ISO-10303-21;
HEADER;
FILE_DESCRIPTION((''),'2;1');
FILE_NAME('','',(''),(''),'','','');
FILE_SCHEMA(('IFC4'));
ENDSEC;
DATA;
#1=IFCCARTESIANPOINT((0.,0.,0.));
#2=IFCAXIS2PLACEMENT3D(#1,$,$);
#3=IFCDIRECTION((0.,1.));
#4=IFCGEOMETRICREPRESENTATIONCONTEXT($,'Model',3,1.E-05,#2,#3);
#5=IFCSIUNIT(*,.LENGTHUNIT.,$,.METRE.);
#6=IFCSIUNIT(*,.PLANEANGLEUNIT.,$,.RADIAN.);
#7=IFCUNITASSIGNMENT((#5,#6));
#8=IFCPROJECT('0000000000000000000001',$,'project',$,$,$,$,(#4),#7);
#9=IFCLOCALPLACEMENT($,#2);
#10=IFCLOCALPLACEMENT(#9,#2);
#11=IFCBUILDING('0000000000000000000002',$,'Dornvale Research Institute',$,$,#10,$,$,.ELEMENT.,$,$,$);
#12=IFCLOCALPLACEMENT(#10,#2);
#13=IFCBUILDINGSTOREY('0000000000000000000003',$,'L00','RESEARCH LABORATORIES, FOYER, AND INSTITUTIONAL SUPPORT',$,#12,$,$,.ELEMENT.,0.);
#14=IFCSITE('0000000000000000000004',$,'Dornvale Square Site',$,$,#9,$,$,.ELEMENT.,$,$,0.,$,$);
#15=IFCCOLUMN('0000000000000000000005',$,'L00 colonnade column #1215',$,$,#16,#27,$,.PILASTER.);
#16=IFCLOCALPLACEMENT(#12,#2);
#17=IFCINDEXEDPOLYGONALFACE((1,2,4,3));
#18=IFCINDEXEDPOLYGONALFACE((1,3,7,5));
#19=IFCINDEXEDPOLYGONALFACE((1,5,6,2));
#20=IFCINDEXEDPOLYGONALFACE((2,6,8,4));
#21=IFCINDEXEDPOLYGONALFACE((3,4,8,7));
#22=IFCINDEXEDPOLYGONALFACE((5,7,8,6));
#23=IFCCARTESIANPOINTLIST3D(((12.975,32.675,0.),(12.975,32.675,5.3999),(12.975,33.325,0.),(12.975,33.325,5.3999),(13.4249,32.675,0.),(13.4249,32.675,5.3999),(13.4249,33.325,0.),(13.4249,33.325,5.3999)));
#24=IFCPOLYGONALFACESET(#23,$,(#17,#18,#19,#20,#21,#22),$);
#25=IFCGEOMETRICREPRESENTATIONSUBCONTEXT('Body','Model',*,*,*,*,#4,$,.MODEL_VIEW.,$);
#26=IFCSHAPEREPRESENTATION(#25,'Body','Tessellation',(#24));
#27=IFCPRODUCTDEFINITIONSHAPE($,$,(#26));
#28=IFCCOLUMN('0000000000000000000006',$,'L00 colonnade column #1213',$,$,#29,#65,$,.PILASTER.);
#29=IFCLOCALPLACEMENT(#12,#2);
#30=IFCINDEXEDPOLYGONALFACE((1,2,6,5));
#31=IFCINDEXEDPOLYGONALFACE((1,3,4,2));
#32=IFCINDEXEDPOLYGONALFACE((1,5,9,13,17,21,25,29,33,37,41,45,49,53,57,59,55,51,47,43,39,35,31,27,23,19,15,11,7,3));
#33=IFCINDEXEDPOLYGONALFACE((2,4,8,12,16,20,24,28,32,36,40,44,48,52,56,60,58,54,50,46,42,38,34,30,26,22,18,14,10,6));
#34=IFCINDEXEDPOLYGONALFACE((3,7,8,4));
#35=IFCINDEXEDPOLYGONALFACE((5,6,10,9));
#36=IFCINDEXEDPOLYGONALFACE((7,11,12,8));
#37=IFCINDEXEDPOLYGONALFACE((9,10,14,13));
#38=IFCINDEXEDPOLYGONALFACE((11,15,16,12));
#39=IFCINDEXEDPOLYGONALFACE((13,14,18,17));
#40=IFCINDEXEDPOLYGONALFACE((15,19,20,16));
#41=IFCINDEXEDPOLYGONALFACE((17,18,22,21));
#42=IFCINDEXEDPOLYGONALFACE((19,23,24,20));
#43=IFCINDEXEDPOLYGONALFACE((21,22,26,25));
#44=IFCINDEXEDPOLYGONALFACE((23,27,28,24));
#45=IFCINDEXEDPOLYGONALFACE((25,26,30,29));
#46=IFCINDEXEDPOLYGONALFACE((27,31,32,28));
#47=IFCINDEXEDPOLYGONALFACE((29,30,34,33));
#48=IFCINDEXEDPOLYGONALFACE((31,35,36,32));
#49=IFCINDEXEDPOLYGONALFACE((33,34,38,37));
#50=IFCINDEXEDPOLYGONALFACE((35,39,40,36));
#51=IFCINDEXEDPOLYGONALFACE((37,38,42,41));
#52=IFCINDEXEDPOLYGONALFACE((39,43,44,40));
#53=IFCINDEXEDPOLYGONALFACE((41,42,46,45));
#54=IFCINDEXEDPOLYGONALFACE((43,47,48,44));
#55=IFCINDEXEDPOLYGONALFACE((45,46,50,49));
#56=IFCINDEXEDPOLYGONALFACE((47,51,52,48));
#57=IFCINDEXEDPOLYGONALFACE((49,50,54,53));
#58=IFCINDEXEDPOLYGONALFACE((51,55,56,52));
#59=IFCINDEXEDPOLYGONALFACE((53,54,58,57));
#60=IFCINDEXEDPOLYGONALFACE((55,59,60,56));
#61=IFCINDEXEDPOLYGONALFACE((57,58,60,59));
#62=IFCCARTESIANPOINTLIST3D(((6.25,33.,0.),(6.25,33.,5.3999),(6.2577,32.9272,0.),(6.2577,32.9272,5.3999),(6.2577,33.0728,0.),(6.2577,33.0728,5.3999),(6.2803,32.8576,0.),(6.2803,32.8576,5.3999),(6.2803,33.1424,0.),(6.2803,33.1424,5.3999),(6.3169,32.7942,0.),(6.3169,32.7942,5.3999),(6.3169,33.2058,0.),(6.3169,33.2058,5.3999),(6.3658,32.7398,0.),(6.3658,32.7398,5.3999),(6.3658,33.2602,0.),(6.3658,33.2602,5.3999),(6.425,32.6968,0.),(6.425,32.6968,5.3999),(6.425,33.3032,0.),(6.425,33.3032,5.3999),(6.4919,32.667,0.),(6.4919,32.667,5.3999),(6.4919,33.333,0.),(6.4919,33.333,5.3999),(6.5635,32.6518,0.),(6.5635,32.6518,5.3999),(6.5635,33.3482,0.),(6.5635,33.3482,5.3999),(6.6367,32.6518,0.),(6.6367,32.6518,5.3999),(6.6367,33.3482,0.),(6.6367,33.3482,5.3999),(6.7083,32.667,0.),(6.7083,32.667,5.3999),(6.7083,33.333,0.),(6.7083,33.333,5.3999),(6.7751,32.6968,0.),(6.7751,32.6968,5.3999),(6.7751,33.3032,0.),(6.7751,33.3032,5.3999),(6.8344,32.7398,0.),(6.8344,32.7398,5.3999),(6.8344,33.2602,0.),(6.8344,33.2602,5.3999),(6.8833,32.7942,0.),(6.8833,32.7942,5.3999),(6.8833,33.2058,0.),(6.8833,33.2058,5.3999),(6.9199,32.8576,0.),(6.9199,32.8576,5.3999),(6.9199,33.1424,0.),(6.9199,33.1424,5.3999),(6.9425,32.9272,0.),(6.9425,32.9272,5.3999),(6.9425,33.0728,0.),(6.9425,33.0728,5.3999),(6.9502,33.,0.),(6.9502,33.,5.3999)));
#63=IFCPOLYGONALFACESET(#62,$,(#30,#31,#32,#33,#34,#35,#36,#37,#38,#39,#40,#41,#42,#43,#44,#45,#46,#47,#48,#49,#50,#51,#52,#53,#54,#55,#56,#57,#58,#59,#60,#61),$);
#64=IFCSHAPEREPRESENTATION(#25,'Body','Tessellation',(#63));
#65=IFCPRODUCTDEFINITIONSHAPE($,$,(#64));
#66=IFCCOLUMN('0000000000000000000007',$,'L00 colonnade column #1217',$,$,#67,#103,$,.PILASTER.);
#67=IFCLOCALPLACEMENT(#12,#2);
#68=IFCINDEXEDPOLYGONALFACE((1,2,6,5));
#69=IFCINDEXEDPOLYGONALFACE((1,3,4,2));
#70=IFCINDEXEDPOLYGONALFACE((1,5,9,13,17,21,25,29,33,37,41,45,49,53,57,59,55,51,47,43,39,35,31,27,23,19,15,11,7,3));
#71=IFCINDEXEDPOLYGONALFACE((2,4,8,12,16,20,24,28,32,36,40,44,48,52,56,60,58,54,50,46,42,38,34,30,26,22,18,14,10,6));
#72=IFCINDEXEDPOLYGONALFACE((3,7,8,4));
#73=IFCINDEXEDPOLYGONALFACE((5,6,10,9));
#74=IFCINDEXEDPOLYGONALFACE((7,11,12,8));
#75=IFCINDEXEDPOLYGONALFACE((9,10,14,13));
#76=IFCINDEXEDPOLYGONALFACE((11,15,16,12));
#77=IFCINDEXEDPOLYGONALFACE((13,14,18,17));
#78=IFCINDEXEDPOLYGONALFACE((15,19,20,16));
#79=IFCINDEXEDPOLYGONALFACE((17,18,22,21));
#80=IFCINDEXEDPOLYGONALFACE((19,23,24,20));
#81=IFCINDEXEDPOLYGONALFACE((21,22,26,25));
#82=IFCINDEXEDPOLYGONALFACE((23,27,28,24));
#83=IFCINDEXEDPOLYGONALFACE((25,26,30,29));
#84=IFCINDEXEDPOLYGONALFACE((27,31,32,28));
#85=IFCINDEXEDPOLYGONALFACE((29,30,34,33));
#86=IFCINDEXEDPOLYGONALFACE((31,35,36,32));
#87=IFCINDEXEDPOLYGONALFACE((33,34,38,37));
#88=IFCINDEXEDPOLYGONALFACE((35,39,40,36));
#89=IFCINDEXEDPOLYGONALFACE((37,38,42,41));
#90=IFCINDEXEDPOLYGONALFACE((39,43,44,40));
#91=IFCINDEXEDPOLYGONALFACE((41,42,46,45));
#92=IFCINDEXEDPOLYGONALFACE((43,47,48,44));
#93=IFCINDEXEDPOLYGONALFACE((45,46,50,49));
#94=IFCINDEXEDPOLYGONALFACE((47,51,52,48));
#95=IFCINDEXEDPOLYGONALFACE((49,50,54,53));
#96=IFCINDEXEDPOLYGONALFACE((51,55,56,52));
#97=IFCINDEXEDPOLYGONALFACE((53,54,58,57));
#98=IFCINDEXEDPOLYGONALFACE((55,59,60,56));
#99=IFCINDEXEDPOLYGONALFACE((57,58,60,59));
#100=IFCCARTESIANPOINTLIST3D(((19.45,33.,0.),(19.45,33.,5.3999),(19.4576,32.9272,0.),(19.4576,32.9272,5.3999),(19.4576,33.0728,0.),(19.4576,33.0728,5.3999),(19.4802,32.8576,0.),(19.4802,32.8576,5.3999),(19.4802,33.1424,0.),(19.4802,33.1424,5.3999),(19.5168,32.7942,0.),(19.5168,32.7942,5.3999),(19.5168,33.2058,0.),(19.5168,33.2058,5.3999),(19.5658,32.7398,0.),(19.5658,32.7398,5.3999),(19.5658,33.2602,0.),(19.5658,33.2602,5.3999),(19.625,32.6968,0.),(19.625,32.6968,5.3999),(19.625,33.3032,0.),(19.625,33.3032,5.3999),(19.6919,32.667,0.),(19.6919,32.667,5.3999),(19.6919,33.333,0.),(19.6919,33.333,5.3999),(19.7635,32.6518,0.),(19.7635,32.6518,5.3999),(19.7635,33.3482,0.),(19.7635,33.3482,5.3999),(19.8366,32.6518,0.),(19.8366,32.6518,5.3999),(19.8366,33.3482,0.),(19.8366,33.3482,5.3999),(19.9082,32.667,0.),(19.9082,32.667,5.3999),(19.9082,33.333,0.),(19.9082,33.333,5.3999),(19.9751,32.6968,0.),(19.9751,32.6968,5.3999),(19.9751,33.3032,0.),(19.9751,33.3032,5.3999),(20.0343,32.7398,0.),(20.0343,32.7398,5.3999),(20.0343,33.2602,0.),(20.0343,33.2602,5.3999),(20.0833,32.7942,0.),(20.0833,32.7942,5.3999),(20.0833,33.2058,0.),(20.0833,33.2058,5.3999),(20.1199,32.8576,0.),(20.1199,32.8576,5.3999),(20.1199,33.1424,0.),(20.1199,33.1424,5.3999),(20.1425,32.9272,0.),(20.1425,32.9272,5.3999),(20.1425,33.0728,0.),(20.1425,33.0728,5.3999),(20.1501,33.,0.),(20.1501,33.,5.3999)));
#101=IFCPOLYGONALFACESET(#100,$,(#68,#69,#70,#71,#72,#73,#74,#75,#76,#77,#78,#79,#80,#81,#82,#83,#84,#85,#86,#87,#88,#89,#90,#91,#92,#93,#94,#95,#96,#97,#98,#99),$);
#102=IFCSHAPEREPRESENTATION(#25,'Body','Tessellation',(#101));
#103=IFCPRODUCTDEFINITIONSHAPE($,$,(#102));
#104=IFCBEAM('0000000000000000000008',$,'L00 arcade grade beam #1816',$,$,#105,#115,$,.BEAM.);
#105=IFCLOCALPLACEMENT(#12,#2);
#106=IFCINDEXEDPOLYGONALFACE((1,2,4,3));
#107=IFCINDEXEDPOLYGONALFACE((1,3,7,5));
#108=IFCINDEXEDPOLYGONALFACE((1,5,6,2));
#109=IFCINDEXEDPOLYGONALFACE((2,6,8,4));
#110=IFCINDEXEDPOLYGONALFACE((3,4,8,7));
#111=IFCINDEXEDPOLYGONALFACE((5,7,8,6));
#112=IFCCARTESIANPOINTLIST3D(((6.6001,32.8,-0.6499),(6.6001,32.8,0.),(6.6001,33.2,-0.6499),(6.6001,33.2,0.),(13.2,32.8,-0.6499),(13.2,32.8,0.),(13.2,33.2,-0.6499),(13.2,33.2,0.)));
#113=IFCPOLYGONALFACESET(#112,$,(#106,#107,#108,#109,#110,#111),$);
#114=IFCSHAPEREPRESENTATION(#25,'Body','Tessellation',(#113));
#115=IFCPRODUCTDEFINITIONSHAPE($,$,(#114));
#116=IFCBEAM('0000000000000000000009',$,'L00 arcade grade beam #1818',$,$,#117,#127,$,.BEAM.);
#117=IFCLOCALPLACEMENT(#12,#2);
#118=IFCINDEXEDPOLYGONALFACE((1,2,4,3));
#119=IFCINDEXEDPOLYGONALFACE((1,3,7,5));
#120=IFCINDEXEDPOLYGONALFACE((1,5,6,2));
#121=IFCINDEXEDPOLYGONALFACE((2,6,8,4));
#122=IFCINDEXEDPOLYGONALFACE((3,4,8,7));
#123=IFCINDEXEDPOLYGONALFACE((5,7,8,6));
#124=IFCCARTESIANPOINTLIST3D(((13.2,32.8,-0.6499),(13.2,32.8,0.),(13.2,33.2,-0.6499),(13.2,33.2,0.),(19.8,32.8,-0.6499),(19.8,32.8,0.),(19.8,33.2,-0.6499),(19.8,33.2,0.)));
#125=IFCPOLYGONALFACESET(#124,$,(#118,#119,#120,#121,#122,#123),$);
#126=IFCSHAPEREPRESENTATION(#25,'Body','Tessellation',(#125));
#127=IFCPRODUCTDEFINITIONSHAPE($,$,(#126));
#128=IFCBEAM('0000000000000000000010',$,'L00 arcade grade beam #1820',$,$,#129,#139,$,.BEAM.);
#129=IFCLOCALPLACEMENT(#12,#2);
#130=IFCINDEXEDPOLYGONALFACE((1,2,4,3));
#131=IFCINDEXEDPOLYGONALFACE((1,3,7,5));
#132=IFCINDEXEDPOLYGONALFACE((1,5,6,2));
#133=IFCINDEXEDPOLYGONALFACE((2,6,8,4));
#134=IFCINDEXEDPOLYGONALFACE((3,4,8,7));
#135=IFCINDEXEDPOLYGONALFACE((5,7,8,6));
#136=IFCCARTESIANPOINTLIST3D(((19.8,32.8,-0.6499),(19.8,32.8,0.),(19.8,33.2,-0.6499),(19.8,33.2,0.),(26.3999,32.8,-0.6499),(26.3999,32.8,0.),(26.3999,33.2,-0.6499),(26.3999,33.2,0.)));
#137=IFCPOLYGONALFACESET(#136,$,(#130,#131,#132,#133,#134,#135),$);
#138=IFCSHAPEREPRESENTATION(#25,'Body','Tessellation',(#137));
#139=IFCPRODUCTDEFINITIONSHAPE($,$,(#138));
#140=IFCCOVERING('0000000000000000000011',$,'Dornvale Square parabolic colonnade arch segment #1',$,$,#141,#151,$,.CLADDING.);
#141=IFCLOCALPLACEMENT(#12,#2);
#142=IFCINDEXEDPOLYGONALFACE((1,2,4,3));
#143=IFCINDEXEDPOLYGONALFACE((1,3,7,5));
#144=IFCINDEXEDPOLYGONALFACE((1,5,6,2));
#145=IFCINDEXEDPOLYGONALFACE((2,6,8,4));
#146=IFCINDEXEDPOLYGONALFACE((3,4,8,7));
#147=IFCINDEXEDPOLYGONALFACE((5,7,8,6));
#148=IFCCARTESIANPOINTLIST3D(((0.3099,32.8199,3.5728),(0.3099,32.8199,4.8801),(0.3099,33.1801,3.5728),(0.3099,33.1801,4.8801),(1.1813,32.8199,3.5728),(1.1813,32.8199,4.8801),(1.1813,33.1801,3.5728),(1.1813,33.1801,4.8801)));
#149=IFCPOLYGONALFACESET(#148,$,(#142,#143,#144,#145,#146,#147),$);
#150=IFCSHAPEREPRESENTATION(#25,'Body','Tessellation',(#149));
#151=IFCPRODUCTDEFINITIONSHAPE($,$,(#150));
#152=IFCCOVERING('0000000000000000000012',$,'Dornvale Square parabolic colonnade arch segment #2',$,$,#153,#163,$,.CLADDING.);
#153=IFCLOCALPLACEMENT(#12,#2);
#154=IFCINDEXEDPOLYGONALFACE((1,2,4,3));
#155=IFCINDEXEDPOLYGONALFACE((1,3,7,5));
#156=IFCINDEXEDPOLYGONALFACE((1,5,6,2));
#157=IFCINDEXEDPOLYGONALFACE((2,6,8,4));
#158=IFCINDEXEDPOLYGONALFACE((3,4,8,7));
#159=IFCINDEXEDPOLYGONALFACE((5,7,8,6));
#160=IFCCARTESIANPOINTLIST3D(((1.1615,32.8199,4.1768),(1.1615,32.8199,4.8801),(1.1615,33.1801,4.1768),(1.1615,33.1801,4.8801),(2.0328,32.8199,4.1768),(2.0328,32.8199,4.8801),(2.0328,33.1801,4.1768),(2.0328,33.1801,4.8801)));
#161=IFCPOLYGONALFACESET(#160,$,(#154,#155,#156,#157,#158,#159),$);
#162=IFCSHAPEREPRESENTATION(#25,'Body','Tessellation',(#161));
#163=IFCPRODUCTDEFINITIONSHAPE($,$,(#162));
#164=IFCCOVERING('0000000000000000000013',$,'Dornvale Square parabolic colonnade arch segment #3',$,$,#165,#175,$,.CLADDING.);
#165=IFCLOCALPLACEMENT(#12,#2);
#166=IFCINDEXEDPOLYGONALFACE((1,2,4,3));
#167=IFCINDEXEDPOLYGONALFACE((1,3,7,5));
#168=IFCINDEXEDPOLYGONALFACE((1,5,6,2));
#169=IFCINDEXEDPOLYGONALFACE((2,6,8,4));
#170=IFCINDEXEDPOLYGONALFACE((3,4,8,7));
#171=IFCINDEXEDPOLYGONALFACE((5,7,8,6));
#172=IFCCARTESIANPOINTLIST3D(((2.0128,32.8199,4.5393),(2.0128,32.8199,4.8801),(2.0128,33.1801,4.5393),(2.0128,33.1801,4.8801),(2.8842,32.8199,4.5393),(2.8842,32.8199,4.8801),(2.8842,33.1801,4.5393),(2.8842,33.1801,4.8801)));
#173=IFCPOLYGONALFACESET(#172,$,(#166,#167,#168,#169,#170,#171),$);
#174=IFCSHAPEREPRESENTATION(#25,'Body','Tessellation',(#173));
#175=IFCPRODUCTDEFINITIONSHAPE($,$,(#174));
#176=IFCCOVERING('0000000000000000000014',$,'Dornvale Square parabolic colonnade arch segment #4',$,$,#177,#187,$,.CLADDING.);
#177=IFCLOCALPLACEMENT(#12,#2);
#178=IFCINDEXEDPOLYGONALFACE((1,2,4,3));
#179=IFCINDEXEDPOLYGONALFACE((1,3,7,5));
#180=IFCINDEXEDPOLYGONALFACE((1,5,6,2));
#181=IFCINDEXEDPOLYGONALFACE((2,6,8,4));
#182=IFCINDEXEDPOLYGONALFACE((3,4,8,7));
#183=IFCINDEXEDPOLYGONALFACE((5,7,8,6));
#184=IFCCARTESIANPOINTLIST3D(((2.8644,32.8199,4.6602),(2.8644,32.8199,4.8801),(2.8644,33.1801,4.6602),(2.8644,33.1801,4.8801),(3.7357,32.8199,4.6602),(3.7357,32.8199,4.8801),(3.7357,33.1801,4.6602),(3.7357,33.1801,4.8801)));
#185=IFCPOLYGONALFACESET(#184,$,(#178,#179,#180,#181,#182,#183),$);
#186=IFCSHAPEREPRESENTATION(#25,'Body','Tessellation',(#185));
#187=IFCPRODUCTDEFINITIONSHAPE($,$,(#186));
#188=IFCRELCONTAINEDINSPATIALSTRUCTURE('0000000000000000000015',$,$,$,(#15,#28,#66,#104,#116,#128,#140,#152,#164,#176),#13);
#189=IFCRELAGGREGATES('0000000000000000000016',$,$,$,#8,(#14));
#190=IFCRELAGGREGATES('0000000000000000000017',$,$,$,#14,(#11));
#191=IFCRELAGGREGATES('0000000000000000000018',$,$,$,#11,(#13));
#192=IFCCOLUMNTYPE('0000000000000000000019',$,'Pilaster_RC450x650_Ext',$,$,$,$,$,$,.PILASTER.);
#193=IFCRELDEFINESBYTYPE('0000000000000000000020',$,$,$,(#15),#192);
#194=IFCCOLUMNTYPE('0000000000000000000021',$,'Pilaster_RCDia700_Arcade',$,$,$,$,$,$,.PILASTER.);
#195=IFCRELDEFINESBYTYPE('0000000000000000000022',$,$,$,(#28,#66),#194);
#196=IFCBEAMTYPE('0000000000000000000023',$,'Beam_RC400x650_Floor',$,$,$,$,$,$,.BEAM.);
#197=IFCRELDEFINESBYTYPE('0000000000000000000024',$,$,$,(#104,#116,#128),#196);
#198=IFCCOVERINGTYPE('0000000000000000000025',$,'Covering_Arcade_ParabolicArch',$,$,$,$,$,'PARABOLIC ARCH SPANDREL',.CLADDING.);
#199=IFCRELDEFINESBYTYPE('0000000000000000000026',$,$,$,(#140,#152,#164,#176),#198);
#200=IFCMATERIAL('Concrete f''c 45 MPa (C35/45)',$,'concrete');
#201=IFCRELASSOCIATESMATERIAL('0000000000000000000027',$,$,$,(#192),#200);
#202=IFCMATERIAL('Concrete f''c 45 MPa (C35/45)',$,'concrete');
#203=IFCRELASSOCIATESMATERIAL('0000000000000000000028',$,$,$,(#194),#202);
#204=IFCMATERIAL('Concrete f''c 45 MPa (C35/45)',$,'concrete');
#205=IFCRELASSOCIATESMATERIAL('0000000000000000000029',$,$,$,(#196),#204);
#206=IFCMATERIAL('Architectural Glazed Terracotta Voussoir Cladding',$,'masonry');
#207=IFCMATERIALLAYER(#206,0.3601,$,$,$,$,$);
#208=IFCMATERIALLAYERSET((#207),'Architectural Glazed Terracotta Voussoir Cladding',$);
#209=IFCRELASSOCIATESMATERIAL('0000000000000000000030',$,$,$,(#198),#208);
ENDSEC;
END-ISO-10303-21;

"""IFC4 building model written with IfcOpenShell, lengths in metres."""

from ifc_helpers import new_model, si_unit, direction, frame, origin, origin_2d, place, context, subcontext, project, spatial, rectangle, circle, extrude, material, layer, layer_set, material_profile, profile_set, type_object, element, save


model = new_model("IFC4")

# Units and contexts
model_context = context("Model", 3, precision=1e-05, world=origin(), true_north=direction((0.0, 1.0)))
body_context = subcontext(model_context, "Body", "Model", "MODEL_VIEW")
ifc_project = project(units=[si_unit("LENGTHUNIT", "METRE"), si_unit("PLANEANGLEUNIT", "RADIAN")], contexts=[model_context])

# Site, building, storey
site_placement = place(None, origin())
site = spatial("IfcSite", under=ifc_project, at=site_placement, Name="Dornvale Square Site", CompositionType="ELEMENT", RefElevation=0.0)
building_placement = place(site_placement, origin())
building = spatial("IfcBuilding", under=site, at=building_placement, Name="Dornvale Research Institute", CompositionType="ELEMENT")
storey_placement = place(building_placement, origin())
storey = spatial("IfcBuildingStorey", under=building, at=storey_placement, Name="L00", Description="RESEARCH LABORATORIES, FOYER, AND INSTITUTIONAL SUPPORT", CompositionType="ELEMENT", Elevation=0.0)

# Columns
ifc_material_1 = material(Name="Concrete f'c 45 MPa (C35/45)", Category="concrete")
ifc_material_profile_1 = material_profile(ifc_material_1, rectangle(XDim=0.45, YDim=0.6499, at=origin_2d()), Name="RC 450x650")
ifc_profile_set_1 = profile_set([ifc_material_profile_1], Name="Concrete f'c 45 MPa (C35/45)")
column_type_1 = type_object("IfcColumnType", Name="Pilaster_RC450x650_Ext", PredefinedType="PILASTER", material=ifc_profile_set_1)
column_placement = place(storey_placement, frame((13.2, 33.0, 0.0), z_axis=(0.0, 0.0, 1.0), x_axis=(1.0, 0.0, 0.0)))
element("IfcColumn", 1, at=column_placement, inside=storey, type_object=column_type_1, Name="L00 colonnade column #1215", PredefinedType="PILASTER", context=body_context, shape_type="SweptSolid", body=[
    extrude(rectangle(XDim=0.45, YDim=0.6499, at=origin_2d()), origin(), (0.0, 0.0, 1.0), 5.3999),
])
ifc_material_2 = material(Name="Concrete f'c 45 MPa (C35/45)", Category="concrete")
ifc_material_profile_2 = material_profile(ifc_material_2, circle(Radius=0.3501, at=origin_2d()), Name="RC DIA 700")
ifc_profile_set_2 = profile_set([ifc_material_profile_2], Name="Concrete f'c 45 MPa (C35/45)")
column_type_2 = type_object("IfcColumnType", Name="Pilaster_RCDia700_Arcade", PredefinedType="PILASTER", material=ifc_profile_set_2)
for number, where, z_axis, x_axis, name in (
    (2, (6.6001, 33.0, 0.0), (0.0, 0.0, 1.0), (1.0, 0.0, 0.0), "L00 colonnade column #1213"),
    (3, (19.8, 33.0, 0.0), (0.0, 0.0, 1.0), (1.0, 0.0, 0.0), "L00 colonnade column #1217"),
):
    element("IfcColumn", number, at=place(storey_placement, frame(where, z_axis=z_axis, x_axis=x_axis)), inside=storey, type_object=column_type_2, Name=name, PredefinedType="PILASTER", context=body_context, shape_type="SweptSolid", body=[
        extrude(circle(Radius=0.3501, at=origin_2d()), origin(), (0.0, 0.0, 1.0), 5.3999),
    ])

# Beams
ifc_material_3 = material(Name="Concrete f'c 45 MPa (C35/45)", Category="concrete")
ifc_material_profile_3 = material_profile(ifc_material_3, rectangle(XDim=0.3999, YDim=0.6499, at=origin_2d()), Name="RC 400x650")
ifc_profile_set_3 = profile_set([ifc_material_profile_3], Name="Concrete f'c 45 MPa (C35/45)")
beam_type = type_object("IfcBeamType", Name="Beam_RC400x650_Floor", PredefinedType="BEAM", material=ifc_profile_set_3)
beam_1_placement = place(storey_placement, frame((6.6001, 33.0, -0.325), z_axis=(1.0, 0.0, 0.0), x_axis=(0.0, 1.0, 0.0)))
element("IfcBeam", 4, at=beam_1_placement, inside=storey, type_object=beam_type, Name="L00 arcade grade beam #1816", PredefinedType="BEAM", context=body_context, shape_type="SweptSolid", body=[
    extrude(rectangle(XDim=0.3999, YDim=0.6499, at=origin_2d()), origin(), (0.0, 0.0, 1.0), 6.5999),
])
beam_2_placement = place(storey_placement, frame((13.2, 33.0, -0.325), z_axis=(1.0, 0.0, 0.0), x_axis=(0.0, 1.0, 0.0)))
element("IfcBeam", 5, at=beam_2_placement, inside=storey, type_object=beam_type, Name="L00 arcade grade beam #1818", PredefinedType="BEAM", context=body_context, shape_type="SweptSolid", body=[
    extrude(rectangle(XDim=0.3999, YDim=0.6499, at=origin_2d()), origin(), (0.0, 0.0, 1.0), 6.6001),
])
beam_3_placement = place(storey_placement, frame((19.8, 33.0, -0.325), z_axis=(1.0, 0.0, 0.0), x_axis=(0.0, 1.0, 0.0)))
element("IfcBeam", 6, at=beam_3_placement, inside=storey, type_object=beam_type, Name="L00 arcade grade beam #1820", PredefinedType="BEAM", context=body_context, shape_type="SweptSolid", body=[
    extrude(rectangle(XDim=0.3999, YDim=0.6499, at=origin_2d()), origin(), (0.0, 0.0, 1.0), 6.5999),
])

# Coverings
ifc_material_4 = material(Name="Architectural Glazed Terracotta Voussoir Cladding", Category="masonry")
ifc_layer = layer(ifc_material_4, 0.3601)
ifc_layer_set = layer_set([ifc_layer], Name="Architectural Glazed Terracotta Voussoir Cladding")
covering_type = type_object("IfcCoveringType", Name="Covering_Arcade_ParabolicArch", ElementType="PARABOLIC ARCH SPANDREL", PredefinedType="CLADDING", material=ifc_layer_set)
covering_1_placement = place(storey_placement, frame((0.7456, 33.0, 3.5728), z_axis=(0.0, 0.0, 1.0), x_axis=(1.0, 0.0, 0.0)))
element("IfcCovering", 7, at=covering_1_placement, inside=storey, type_object=covering_type, Name="Dornvale Square parabolic colonnade arch segment #1", PredefinedType="CLADDING", context=body_context, shape_type="SweptSolid", body=[
    extrude(rectangle(XDim=0.8713, YDim=0.3601, at=origin_2d()), origin(), (0.0, 0.0, 1.0), 1.3074),
])
covering_2_placement = place(storey_placement, frame((1.5972, 33.0, 4.1768), z_axis=(0.0, 0.0, 1.0), x_axis=(1.0, 0.0, 0.0)))
element("IfcCovering", 8, at=covering_2_placement, inside=storey, type_object=covering_type, Name="Dornvale Square parabolic colonnade arch segment #2", PredefinedType="CLADDING", context=body_context, shape_type="SweptSolid", body=[
    extrude(rectangle(XDim=0.8713, YDim=0.3601, at=origin_2d()), origin(), (0.0, 0.0, 1.0), 0.7034),
])
covering_3_placement = place(storey_placement, frame((2.4485, 33.0, 4.5393), z_axis=(0.0, 0.0, 1.0), x_axis=(1.0, 0.0, 0.0)))
element("IfcCovering", 9, at=covering_3_placement, inside=storey, type_object=covering_type, Name="Dornvale Square parabolic colonnade arch segment #3", PredefinedType="CLADDING", context=body_context, shape_type="SweptSolid", body=[
    extrude(rectangle(XDim=0.8713, YDim=0.3601, at=origin_2d()), origin(), (0.0, 0.0, 1.0), 0.3408),
])
covering_4_placement = place(storey_placement, frame((3.3, 33.0, 4.6602), z_axis=(0.0, 0.0, 1.0), x_axis=(1.0, 0.0, 0.0)))
element("IfcCovering", 10, at=covering_4_placement, inside=storey, type_object=covering_type, Name="Dornvale Square parabolic colonnade arch segment #4", PredefinedType="CLADDING", context=body_context, shape_type="SweptSolid", body=[
    extrude(rectangle(XDim=0.8713, YDim=0.3601, at=origin_2d()), origin(), (0.0, 0.0, 1.0), 0.22),
])

save(model, "model.ifc")
